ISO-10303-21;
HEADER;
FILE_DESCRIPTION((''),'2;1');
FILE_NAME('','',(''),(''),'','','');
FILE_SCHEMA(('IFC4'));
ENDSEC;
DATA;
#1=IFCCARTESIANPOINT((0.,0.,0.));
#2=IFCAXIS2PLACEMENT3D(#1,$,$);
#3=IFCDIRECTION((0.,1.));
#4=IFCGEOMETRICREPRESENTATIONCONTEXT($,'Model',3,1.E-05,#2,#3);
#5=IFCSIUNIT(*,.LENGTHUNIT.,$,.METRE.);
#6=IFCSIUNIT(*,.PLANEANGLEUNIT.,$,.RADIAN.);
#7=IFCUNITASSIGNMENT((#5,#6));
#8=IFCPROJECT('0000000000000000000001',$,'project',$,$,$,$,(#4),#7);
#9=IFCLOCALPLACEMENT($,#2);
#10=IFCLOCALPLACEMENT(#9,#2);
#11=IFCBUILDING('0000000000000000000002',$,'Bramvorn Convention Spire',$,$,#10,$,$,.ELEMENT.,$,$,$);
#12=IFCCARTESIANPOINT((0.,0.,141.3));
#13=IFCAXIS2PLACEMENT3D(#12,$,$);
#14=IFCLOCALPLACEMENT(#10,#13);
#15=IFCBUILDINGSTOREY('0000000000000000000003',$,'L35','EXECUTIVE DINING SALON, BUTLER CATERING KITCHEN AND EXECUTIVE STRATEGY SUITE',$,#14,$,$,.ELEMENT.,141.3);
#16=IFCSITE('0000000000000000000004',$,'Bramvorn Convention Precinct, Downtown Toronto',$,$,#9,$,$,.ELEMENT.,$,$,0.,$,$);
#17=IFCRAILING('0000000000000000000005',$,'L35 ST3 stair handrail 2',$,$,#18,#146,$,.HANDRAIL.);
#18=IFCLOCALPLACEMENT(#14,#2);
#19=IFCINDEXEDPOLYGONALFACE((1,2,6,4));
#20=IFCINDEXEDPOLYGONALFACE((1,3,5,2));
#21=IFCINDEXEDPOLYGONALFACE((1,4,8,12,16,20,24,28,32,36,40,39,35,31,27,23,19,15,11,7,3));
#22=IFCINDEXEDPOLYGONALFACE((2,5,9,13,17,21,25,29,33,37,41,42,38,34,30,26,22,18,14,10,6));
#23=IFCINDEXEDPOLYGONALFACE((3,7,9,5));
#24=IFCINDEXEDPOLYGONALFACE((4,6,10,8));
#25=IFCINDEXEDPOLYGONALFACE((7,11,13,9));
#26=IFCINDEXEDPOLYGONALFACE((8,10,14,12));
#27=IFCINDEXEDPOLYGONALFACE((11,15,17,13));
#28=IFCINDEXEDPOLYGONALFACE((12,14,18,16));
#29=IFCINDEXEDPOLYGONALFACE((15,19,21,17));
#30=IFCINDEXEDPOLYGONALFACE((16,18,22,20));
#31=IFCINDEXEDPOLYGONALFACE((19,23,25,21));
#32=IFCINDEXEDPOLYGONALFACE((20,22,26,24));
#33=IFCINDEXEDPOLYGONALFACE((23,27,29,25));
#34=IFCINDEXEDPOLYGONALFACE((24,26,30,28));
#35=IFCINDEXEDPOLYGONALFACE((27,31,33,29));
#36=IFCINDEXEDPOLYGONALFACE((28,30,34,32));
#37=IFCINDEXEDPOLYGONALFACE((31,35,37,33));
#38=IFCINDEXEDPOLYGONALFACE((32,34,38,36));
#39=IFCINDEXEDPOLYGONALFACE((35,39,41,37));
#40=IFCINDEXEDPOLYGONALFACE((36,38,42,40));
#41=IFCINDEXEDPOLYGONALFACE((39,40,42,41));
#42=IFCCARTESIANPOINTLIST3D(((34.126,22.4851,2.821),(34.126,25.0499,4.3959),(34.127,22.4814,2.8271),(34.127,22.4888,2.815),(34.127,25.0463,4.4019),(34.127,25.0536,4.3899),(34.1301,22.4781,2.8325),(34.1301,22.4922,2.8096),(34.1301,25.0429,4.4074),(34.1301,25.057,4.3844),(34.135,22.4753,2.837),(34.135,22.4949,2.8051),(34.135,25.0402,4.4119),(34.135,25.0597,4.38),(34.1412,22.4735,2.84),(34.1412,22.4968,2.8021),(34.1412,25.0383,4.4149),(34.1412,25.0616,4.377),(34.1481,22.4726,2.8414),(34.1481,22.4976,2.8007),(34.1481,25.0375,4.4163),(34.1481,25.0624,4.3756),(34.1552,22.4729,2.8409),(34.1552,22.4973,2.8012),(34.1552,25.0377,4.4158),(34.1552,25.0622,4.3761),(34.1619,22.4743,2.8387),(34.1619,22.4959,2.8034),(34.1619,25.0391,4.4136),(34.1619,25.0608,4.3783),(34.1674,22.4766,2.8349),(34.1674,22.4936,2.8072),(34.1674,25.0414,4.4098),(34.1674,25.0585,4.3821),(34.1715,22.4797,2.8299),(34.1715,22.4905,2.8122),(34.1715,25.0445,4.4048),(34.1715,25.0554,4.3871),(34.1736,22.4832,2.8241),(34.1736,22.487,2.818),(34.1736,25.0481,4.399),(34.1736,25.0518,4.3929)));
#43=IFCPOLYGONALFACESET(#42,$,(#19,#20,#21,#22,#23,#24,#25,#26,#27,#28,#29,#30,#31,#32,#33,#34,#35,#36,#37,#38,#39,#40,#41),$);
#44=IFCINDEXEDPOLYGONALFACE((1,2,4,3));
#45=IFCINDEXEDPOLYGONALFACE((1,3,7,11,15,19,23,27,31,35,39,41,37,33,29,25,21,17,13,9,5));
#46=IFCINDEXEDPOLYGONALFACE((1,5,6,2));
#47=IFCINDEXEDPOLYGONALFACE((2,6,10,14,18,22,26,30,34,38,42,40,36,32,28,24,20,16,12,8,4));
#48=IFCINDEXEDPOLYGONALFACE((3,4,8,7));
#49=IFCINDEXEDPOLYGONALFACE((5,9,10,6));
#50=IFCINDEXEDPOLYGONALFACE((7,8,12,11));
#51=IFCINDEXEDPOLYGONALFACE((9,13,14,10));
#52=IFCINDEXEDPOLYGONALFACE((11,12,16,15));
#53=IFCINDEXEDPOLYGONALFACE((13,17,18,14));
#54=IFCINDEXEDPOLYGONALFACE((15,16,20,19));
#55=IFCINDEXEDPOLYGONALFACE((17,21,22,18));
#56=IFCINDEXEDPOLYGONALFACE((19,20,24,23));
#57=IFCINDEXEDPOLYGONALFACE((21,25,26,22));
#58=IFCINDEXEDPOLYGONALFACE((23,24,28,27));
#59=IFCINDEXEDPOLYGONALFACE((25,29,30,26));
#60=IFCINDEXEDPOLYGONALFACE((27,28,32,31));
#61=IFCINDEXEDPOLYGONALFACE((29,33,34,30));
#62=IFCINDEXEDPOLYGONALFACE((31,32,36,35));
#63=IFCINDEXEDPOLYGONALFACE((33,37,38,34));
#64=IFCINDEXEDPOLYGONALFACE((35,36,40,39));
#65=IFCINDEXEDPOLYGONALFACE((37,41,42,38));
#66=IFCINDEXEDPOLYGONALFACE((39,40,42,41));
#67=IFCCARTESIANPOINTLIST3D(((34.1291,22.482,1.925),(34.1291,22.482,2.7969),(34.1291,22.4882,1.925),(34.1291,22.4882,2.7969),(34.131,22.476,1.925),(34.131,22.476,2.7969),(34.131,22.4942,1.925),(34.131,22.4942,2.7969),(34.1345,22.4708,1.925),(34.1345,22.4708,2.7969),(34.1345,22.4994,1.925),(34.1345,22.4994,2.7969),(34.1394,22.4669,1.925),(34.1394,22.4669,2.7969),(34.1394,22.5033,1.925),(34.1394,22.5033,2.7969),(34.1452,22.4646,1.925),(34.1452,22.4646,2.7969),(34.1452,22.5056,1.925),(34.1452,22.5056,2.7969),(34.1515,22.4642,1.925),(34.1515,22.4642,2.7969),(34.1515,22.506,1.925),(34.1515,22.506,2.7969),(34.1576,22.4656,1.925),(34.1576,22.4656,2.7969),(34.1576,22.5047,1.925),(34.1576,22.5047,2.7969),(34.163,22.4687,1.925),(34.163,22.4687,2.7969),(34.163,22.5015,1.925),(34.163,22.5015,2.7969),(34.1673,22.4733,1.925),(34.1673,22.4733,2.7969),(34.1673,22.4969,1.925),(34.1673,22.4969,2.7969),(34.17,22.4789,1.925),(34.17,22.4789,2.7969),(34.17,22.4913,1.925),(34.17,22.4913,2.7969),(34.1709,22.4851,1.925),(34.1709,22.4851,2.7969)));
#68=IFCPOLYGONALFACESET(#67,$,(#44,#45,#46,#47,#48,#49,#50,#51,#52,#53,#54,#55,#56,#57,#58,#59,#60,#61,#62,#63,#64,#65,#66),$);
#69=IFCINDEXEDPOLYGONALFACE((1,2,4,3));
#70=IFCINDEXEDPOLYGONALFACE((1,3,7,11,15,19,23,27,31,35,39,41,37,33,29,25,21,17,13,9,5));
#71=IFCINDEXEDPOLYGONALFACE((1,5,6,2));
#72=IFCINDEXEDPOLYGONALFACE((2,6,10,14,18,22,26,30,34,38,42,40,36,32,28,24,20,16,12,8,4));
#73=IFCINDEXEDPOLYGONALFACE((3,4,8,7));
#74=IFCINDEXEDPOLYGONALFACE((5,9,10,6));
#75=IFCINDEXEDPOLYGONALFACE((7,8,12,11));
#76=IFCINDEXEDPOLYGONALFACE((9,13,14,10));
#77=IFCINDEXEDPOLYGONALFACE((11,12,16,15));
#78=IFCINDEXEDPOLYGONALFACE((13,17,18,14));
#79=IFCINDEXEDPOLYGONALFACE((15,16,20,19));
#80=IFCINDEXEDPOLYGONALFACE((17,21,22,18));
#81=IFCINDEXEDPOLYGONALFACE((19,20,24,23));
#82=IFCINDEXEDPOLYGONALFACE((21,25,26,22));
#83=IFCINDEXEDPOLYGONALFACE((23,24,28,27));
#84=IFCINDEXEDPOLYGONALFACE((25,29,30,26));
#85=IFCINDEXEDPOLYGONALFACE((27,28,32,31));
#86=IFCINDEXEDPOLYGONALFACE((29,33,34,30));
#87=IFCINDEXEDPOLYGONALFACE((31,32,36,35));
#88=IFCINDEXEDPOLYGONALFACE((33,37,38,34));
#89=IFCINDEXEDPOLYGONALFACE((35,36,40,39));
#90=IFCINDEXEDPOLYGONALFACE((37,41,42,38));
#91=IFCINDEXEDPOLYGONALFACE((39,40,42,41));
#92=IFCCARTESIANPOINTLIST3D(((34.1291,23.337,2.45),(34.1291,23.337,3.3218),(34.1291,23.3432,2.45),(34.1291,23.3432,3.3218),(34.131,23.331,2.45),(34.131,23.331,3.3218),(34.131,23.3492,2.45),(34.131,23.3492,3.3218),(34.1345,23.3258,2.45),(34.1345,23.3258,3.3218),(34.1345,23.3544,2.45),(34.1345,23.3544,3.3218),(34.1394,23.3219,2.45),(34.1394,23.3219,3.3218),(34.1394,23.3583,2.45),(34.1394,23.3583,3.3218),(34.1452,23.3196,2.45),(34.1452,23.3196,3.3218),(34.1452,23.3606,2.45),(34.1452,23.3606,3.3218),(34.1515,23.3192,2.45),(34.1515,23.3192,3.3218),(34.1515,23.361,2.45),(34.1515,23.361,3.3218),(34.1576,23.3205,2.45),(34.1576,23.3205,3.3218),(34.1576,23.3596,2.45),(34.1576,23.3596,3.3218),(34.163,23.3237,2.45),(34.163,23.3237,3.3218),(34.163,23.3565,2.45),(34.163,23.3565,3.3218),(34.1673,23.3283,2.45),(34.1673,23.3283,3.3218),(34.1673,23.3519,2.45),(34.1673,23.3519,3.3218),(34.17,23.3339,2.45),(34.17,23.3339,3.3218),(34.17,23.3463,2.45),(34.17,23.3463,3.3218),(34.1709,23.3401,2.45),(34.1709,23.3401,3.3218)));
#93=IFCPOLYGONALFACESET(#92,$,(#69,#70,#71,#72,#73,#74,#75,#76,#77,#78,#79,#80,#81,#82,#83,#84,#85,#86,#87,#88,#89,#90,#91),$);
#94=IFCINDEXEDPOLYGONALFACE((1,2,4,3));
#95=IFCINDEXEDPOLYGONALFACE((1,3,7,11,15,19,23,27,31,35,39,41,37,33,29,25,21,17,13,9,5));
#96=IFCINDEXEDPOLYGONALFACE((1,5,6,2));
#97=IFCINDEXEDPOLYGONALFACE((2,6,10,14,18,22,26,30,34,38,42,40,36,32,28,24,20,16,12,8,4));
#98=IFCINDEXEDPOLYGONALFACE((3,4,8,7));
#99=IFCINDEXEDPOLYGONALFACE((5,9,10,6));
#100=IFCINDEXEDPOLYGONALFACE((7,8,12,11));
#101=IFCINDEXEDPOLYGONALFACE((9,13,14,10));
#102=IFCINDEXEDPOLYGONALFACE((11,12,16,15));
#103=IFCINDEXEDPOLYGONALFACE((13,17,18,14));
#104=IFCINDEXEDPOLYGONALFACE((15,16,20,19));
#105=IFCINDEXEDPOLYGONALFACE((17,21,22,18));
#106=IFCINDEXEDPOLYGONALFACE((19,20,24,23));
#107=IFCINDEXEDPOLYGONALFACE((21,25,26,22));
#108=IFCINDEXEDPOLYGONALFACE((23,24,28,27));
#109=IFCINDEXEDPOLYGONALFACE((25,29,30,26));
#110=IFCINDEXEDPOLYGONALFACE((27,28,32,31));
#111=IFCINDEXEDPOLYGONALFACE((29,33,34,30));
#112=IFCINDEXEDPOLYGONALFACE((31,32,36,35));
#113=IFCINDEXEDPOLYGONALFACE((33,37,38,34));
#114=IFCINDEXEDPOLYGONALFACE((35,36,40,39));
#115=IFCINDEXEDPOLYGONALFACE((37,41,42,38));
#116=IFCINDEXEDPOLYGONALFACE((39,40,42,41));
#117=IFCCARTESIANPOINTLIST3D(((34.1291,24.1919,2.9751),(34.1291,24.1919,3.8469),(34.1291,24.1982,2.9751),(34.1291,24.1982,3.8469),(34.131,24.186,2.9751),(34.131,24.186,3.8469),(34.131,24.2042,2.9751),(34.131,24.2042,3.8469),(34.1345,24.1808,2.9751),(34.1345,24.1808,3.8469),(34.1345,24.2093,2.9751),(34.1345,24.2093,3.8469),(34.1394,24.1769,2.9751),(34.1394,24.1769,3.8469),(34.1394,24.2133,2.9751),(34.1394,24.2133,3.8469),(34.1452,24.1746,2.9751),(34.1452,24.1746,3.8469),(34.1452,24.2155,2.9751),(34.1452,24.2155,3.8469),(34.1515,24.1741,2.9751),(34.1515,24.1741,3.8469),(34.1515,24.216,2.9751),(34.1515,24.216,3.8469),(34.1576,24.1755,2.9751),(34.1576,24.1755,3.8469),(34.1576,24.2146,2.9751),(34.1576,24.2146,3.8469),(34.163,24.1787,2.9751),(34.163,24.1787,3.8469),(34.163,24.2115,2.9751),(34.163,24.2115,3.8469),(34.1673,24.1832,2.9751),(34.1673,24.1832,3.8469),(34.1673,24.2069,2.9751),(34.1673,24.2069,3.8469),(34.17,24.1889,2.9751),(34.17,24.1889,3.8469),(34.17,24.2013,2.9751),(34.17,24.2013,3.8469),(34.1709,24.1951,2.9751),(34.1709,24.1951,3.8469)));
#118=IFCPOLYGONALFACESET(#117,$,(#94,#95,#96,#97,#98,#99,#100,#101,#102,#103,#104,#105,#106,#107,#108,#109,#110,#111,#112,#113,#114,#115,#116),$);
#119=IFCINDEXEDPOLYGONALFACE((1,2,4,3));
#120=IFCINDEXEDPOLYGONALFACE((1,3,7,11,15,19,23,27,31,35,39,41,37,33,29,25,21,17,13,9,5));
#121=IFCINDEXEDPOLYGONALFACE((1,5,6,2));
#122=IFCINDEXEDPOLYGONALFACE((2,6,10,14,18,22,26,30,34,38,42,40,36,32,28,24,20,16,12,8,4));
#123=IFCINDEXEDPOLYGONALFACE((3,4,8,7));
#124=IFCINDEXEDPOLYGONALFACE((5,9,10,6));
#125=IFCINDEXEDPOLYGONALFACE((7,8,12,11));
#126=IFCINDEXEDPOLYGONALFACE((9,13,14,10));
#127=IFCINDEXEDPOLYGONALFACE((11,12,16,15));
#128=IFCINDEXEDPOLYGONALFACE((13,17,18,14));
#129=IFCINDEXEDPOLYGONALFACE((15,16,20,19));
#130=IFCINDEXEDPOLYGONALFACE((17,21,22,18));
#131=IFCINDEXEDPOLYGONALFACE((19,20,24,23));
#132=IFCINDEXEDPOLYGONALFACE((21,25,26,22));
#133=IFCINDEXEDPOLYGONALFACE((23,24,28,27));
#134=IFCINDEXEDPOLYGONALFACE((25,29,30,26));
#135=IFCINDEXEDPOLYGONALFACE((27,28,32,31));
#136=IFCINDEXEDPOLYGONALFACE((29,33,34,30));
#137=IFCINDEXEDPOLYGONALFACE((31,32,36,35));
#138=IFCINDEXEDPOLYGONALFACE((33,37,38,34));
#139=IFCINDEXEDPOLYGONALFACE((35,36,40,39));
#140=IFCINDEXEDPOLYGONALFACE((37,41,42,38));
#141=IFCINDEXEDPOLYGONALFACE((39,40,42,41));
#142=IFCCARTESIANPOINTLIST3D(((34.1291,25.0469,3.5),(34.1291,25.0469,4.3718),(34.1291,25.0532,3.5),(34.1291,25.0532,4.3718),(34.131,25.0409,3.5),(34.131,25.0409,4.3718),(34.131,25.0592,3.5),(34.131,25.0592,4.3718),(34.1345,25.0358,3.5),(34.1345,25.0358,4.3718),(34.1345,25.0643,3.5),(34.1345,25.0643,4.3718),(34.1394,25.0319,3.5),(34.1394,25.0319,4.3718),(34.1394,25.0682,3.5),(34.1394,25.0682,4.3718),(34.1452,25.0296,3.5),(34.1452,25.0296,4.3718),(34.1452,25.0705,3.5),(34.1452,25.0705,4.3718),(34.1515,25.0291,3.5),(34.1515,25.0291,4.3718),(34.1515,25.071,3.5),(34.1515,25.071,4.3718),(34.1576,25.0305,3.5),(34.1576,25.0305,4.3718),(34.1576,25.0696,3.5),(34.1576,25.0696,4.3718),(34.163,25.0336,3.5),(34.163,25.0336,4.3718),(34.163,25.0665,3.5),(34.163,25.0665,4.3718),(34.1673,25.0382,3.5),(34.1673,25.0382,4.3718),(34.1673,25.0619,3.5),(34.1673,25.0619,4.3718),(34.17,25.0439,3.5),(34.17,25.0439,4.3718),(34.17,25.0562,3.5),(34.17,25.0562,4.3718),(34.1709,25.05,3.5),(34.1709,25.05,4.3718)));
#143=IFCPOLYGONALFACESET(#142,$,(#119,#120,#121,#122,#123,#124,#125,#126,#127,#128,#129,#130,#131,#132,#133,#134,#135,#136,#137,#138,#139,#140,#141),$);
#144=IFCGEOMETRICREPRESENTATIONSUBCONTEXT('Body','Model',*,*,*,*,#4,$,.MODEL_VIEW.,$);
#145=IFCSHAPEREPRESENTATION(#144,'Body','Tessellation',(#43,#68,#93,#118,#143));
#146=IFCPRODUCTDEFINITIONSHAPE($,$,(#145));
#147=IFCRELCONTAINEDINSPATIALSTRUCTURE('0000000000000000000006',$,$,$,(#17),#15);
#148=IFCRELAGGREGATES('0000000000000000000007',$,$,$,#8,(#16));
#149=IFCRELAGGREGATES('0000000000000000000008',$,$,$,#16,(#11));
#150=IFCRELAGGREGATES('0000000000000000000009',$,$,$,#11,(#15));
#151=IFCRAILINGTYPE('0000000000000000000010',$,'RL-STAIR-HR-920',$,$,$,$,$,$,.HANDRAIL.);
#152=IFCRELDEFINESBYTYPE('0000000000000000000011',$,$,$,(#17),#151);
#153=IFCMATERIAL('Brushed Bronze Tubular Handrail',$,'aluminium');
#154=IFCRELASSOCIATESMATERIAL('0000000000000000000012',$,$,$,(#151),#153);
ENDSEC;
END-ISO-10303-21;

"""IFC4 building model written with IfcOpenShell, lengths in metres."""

from ifc_helpers import new_model, si_unit, direction, frame, origin, origin_2d, place, context, subcontext, project, spatial, circle, extrude, material, type_object, element, save


model = new_model("IFC4")

# Units and contexts
model_context = context("Model", 3, precision=1e-05, world=origin(), true_north=direction((0.0, 1.0)))
body_context = subcontext(model_context, "Body", "Model", "MODEL_VIEW")
ifc_project = project(units=[si_unit("LENGTHUNIT", "METRE"), si_unit("PLANEANGLEUNIT", "RADIAN")], contexts=[model_context])

# Site, building, storey
site_placement = place(None, origin())
site = spatial("IfcSite", under=ifc_project, at=site_placement, Name="Bramvorn Convention Precinct, Downtown Toronto", CompositionType="ELEMENT", RefElevation=0.0)
building_placement = place(site_placement, origin())
building = spatial("IfcBuilding", under=site, at=building_placement, Name="Bramvorn Convention Spire", CompositionType="ELEMENT")
storey_placement = place(building_placement, frame((0.0, 0.0, 141.3)))
storey = spatial("IfcBuildingStorey", under=building, at=storey_placement, Name="L35", Description="EXECUTIVE DINING SALON, BUTLER CATERING KITCHEN AND EXECUTIVE STRATEGY SUITE", CompositionType="ELEMENT", Elevation=141.3)

# Railing
ifc_material_1 = material(Name="Brushed Bronze Tubular Handrail", Category="aluminium")
railing_type_1 = type_object("IfcRailingType", Name="RL-STAIR-HR-920", PredefinedType="HANDRAIL", material=ifc_material_1)
for number, where, name in (
    (1, (34.1499, 22.4851, 1.925), "L35 ST3 stair handrail 2"),
):
    element("IfcRailing", number, at=place(storey_placement, frame(where)), inside=storey, type_object=railing_type_1, Name=name, PredefinedType="HANDRAIL", context=body_context, shape_type="SweptSolid", body=[
        extrude(circle(Radius=0.0239, at=origin_2d()), frame((0.0, 0.0, 0.896), z_axis=(0.0, 0.852173, 0.52326), x_axis=(-1.0, 0.0, 0.0)), (0.0, 0.0, 1.0), 3.0098),
        extrude(circle(Radius=0.021, at=origin_2d()), origin(), (0.0, 0.0, 1.0), 0.8718),
        extrude(circle(Radius=0.021, at=origin_2d()), frame((0.0, 0.855, 0.5249)), (0.0, 0.0, 1.0), 0.8718),
        extrude(circle(Radius=0.021, at=origin_2d()), frame((0.0, 1.71, 1.05)), (0.0, 0.0, 1.0), 0.8718),
        extrude(circle(Radius=0.021, at=origin_2d()), frame((0.0, 2.5649, 1.575)), (0.0, 0.0, 1.0), 0.8718),
    ])

save(model, "model.ifc")
